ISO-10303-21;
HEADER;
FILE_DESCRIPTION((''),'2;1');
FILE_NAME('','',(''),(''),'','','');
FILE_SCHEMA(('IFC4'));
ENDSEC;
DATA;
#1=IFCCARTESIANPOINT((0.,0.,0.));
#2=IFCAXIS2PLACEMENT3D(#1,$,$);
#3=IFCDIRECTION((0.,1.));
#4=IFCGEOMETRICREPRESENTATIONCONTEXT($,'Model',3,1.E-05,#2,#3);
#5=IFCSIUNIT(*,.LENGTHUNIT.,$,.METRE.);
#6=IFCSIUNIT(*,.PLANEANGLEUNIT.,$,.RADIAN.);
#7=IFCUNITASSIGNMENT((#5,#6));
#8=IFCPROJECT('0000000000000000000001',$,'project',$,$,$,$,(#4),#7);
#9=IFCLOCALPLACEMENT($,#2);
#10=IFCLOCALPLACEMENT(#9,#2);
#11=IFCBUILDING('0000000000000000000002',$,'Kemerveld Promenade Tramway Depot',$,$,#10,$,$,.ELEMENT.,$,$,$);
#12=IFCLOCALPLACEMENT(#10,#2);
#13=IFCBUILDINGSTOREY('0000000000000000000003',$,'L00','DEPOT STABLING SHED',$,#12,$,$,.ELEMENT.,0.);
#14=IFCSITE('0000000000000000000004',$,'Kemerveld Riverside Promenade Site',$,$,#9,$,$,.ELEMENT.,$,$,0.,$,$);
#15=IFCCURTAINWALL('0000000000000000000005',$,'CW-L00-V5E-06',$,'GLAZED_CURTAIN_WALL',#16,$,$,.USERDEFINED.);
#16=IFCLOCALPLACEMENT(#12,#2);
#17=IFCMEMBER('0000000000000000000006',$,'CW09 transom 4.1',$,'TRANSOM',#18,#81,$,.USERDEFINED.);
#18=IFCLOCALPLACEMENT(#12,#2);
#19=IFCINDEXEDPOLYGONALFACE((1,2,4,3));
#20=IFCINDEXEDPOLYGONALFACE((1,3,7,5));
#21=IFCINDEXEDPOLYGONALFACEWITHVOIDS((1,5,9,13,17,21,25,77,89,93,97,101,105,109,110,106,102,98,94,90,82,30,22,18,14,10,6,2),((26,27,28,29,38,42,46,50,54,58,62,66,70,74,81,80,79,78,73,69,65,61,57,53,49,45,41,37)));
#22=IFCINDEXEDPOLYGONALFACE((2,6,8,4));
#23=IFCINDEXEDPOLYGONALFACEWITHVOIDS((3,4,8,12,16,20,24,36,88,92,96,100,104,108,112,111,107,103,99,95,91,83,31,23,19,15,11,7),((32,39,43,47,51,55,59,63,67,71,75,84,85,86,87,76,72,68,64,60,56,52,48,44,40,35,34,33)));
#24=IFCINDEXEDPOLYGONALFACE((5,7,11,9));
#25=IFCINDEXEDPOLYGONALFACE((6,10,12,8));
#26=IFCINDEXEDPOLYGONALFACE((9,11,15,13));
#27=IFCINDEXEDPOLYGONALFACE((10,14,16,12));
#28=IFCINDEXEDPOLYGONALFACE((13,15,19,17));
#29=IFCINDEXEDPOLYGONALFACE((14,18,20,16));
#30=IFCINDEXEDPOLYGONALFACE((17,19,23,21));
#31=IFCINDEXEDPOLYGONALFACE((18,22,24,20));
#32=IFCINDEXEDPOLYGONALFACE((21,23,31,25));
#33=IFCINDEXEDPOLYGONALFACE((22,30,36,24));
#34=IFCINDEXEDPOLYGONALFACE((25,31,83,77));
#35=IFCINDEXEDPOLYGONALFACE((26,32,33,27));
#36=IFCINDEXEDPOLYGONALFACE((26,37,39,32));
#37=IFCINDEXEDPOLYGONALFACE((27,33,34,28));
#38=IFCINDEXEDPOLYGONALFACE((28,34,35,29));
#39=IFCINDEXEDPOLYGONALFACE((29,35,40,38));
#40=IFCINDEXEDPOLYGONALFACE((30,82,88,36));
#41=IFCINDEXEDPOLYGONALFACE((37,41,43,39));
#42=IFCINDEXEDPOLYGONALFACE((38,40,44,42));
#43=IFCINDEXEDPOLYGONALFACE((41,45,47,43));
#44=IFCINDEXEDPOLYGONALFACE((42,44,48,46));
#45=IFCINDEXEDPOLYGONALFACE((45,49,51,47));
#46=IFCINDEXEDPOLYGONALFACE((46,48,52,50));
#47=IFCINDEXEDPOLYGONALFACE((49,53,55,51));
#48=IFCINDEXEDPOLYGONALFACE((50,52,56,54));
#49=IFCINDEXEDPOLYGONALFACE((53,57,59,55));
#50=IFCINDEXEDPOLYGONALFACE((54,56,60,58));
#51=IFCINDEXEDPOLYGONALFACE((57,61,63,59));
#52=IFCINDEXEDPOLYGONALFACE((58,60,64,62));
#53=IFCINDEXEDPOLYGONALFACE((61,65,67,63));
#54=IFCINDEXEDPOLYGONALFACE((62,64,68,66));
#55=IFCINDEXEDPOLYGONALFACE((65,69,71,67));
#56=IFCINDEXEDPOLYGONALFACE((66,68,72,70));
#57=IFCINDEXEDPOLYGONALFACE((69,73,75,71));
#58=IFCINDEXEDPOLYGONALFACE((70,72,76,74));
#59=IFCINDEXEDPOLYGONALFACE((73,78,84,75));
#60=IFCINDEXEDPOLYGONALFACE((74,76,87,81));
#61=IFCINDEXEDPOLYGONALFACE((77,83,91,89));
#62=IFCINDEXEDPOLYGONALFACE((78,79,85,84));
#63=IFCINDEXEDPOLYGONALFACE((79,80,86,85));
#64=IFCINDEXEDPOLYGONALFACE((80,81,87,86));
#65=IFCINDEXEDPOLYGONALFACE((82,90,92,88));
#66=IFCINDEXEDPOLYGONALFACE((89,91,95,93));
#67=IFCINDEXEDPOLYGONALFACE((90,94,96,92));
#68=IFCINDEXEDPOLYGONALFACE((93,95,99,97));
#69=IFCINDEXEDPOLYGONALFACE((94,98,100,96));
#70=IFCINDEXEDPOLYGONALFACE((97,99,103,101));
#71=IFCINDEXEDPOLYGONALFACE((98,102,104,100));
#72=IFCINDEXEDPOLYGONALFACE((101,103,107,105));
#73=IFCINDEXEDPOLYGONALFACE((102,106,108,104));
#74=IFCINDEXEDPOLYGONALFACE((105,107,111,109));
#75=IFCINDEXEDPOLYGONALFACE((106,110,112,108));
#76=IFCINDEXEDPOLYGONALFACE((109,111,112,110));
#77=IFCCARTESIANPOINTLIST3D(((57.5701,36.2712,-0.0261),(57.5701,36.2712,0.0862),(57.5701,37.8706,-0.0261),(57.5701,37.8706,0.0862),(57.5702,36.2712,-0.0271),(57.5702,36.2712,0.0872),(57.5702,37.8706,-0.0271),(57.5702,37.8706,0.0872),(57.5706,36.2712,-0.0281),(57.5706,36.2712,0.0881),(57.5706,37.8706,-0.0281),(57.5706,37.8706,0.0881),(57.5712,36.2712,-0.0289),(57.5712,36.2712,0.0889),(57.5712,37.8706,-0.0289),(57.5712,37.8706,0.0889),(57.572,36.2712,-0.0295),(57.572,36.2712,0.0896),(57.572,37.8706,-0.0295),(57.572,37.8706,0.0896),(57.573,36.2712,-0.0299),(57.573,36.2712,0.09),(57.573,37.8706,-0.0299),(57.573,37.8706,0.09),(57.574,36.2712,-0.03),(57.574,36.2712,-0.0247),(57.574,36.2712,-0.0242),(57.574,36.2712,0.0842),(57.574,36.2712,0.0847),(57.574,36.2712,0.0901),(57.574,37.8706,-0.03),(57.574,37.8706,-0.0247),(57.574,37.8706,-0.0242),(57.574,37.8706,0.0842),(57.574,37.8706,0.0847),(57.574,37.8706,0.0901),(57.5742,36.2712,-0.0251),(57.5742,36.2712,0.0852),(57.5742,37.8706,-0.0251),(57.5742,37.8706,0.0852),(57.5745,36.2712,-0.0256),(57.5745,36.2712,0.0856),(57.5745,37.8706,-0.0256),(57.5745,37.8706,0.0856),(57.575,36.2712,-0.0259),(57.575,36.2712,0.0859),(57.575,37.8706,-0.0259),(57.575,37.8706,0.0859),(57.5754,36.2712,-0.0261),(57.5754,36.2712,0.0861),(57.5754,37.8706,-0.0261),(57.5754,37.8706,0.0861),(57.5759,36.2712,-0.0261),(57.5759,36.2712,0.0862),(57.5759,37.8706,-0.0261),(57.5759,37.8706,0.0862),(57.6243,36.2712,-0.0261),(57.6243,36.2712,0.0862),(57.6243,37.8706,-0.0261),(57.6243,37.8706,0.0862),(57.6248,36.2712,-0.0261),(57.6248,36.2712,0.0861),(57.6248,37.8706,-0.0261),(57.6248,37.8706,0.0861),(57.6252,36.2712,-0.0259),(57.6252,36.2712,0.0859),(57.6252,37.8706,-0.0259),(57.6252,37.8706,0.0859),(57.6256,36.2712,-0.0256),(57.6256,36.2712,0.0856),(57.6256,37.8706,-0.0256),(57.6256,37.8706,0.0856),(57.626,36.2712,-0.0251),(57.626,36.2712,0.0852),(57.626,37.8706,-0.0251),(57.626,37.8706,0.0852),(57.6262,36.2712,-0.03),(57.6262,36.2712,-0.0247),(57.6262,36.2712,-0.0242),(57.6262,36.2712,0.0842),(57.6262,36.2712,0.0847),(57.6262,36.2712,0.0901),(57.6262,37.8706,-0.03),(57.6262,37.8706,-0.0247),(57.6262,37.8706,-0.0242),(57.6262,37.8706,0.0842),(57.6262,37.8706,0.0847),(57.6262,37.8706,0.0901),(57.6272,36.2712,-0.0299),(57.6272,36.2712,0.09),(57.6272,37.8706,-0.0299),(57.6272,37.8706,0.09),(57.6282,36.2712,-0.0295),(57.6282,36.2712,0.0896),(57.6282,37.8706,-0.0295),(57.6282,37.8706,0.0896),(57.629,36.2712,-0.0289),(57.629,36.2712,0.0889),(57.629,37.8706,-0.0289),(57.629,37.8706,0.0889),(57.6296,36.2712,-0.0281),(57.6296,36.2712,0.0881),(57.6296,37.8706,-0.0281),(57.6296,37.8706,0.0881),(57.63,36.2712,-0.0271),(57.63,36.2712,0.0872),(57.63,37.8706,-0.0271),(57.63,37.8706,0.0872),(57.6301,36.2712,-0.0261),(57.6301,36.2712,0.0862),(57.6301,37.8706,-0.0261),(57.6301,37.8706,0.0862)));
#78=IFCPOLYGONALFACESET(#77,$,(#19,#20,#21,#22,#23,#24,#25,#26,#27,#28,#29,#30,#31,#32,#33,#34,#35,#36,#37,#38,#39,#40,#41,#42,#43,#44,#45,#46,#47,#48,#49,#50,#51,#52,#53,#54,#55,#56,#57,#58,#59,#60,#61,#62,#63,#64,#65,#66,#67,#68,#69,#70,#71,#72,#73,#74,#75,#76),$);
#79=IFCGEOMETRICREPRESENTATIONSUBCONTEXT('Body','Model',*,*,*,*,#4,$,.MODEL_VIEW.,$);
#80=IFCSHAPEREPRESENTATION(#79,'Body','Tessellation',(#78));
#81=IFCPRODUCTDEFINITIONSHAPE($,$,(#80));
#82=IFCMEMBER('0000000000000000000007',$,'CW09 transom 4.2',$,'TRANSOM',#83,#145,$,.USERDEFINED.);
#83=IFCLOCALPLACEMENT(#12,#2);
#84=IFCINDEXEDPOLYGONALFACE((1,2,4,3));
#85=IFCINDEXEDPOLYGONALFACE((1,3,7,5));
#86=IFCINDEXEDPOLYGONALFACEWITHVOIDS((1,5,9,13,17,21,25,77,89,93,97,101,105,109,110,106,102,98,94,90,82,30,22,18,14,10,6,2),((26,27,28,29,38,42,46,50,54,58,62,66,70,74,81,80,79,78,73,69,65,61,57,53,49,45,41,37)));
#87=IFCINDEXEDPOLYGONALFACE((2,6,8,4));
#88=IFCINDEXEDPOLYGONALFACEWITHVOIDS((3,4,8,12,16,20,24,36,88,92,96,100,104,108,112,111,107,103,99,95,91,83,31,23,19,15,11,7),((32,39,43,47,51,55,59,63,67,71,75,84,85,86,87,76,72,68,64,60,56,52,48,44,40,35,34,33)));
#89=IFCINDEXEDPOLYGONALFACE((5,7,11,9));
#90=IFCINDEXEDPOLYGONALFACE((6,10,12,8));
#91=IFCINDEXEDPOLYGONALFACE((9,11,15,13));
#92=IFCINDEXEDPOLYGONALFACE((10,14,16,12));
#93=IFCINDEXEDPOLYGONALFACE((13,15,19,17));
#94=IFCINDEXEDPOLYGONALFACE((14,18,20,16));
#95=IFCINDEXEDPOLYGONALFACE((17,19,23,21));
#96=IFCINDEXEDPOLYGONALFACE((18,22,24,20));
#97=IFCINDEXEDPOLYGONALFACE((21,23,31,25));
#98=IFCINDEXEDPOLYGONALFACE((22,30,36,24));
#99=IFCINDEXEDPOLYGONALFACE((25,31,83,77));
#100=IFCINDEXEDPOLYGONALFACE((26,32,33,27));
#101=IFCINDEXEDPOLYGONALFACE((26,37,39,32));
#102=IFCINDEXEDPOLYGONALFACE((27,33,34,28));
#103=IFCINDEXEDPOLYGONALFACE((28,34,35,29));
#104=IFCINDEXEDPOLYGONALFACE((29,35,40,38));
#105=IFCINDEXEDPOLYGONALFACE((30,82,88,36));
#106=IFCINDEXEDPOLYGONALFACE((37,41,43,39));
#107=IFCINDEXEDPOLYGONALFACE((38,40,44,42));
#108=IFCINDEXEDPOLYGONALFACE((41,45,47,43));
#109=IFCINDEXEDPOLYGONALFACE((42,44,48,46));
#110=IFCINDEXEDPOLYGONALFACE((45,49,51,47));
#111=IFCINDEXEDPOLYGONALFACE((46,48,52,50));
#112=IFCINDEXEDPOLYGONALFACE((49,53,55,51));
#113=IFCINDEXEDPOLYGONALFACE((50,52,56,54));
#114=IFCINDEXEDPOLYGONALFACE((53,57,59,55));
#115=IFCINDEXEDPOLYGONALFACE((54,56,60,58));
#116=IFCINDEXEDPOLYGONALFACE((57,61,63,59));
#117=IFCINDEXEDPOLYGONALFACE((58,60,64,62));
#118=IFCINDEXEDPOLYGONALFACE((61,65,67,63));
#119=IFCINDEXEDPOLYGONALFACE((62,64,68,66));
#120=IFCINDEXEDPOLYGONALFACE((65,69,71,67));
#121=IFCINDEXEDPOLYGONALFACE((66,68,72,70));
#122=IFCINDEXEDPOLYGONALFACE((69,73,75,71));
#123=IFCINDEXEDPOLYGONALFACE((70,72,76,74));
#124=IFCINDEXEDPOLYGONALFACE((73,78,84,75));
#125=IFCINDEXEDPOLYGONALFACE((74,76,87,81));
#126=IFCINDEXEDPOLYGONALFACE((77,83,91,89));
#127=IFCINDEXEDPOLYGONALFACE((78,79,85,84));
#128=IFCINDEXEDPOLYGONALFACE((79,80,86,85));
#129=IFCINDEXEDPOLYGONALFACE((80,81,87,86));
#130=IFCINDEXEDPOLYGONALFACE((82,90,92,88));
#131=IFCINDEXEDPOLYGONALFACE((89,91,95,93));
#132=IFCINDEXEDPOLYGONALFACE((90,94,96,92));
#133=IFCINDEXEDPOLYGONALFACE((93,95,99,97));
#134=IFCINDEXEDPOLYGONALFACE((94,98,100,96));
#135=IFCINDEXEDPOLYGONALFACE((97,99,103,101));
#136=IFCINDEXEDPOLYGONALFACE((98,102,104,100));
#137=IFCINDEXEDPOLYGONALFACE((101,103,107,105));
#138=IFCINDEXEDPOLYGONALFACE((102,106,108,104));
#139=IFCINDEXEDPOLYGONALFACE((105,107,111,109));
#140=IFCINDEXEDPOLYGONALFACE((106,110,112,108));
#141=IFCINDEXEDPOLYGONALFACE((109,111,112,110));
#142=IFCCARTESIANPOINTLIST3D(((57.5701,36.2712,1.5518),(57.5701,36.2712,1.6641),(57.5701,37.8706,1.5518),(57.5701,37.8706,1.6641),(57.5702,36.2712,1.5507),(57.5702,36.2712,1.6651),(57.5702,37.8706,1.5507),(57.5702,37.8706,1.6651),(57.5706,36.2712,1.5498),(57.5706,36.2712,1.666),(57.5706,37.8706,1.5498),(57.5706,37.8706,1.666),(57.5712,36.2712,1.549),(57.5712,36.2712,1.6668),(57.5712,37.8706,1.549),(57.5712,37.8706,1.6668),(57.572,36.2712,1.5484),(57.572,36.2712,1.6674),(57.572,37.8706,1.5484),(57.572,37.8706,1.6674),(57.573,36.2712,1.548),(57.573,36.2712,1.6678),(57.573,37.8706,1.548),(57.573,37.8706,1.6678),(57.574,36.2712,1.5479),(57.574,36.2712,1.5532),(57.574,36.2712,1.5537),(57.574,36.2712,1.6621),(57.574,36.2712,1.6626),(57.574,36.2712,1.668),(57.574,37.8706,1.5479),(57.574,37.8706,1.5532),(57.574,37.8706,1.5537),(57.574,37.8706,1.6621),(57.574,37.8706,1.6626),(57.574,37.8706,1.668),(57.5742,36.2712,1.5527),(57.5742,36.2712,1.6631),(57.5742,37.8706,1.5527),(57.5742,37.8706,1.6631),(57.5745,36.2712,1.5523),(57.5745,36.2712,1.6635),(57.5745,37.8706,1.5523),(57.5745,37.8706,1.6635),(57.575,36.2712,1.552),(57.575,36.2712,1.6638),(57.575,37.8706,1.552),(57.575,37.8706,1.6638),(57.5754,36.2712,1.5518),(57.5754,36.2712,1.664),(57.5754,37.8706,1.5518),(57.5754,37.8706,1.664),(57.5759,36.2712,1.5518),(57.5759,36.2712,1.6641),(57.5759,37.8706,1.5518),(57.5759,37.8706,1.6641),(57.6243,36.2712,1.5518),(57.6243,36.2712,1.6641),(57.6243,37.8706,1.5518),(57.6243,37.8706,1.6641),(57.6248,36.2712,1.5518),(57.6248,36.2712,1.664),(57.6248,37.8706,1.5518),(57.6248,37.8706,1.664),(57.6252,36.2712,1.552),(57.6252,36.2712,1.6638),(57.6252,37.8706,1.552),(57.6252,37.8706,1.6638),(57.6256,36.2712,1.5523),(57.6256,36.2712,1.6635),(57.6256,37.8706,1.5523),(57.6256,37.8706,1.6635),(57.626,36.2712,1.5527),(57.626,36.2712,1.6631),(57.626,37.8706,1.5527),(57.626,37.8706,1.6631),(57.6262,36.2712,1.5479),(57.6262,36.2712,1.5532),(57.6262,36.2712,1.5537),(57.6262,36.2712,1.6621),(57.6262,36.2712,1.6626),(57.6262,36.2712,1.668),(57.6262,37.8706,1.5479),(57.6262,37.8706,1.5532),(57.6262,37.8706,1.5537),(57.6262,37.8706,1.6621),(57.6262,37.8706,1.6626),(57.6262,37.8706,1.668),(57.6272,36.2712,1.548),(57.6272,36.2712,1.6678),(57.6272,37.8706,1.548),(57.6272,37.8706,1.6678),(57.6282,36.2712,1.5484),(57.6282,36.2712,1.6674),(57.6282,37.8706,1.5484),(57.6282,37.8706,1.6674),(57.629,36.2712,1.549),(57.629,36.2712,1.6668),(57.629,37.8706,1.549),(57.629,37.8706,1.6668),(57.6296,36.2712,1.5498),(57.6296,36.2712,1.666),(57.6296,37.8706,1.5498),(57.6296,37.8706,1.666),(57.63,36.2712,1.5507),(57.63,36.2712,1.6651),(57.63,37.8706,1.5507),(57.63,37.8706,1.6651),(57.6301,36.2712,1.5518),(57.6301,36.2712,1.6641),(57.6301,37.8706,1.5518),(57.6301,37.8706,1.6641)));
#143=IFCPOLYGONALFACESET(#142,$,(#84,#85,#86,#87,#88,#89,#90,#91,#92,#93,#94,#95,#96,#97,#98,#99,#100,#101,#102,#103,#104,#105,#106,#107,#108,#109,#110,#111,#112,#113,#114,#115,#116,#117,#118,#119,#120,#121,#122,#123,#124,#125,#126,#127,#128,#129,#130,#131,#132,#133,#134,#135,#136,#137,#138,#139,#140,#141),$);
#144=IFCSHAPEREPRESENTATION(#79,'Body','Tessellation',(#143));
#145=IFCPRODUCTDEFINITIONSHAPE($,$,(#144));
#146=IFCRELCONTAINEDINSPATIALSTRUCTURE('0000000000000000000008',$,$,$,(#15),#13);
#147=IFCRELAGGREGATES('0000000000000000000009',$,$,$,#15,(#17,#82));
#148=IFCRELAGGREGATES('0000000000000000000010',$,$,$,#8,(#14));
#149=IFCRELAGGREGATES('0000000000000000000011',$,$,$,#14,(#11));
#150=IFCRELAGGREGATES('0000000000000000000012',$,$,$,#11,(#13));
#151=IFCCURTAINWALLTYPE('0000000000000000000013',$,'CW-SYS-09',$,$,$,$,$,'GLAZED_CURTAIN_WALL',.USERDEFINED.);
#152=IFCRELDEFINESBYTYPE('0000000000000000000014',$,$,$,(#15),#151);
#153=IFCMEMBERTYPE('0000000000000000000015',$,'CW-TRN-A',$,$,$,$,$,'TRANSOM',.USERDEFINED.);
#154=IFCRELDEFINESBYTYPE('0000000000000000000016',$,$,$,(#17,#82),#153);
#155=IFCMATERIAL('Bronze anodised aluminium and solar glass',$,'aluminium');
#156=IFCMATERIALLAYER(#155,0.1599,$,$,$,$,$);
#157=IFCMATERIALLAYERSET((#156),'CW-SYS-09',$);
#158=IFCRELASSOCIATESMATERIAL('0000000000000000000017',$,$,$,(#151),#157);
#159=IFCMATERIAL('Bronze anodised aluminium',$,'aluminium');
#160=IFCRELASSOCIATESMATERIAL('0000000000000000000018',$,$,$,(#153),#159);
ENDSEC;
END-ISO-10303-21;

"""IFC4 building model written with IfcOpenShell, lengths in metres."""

from ifc_helpers import new_model, si_unit, direction, frame, origin, origin_2d, place, context, subcontext, project, spatial, hollow_rectangle, extrude, material, layer, layer_set, material_profile, profile_set, type_object, element, aggregate, save


model = new_model("IFC4")

# Units and contexts
model_context = context("Model", 3, precision=1e-05, world=origin(), true_north=direction((0.0, 1.0)))
body_context = subcontext(model_context, "Body", "Model", "MODEL_VIEW")
ifc_project = project(units=[si_unit("LENGTHUNIT", "METRE"), si_unit("PLANEANGLEUNIT", "RADIAN")], contexts=[model_context])

# Site, building, storey
site_placement = place(None, origin())
site = spatial("IfcSite", under=ifc_project, at=site_placement, Name="Kemerveld Riverside Promenade Site", CompositionType="ELEMENT", RefElevation=0.0)
building_placement = place(site_placement, origin())
building = spatial("IfcBuilding", under=site, at=building_placement, Name="Kemerveld Promenade Tramway Depot", CompositionType="ELEMENT")
storey_placement = place(building_placement, origin())
storey = spatial("IfcBuildingStorey", under=building, at=storey_placement, Name="L00", Description="DEPOT STABLING SHED", CompositionType="ELEMENT", Elevation=0.0)

# Curtain wall, members
ifc_material_1 = material(Name="Bronze anodised aluminium and solar glass", Category="aluminium")
ifc_layer_1 = layer(ifc_material_1, 0.1599)
ifc_layer_set_1 = layer_set([ifc_layer_1], Name="CW-SYS-09")
curtain_wall_type = type_object("IfcCurtainWallType", Name="CW-SYS-09", ElementType="GLAZED_CURTAIN_WALL", PredefinedType="USERDEFINED", material=ifc_layer_set_1)
curtain_wall_placement = place(storey_placement, origin())
curtain_wall = element("IfcCurtainWall", 1, at=curtain_wall_placement, inside=storey, type_object=curtain_wall_type, Name="CW-L00-V5E-06", ObjectType="GLAZED_CURTAIN_WALL", PredefinedType="USERDEFINED")
ifc_material_2 = material(Name="Bronze anodised aluminium", Category="aluminium")
ifc_material_profile_1 = material_profile(ifc_material_2, hollow_rectangle(XDim=0.0601, YDim=0.1201, WallThickness=0.0039, InnerFilletRadius=0.002, OuterFilletRadius=0.0039, at=origin_2d()), Name="CW-TRN-120x60")
ifc_profile_set_1 = profile_set([ifc_material_profile_1], Name="Bronze anodised aluminium")
member_type_1 = type_object("IfcMemberType", Name="CW-TRN-A", ElementType="TRANSOM", PredefinedType="USERDEFINED", material=ifc_profile_set_1)
member_1_placement = place(storey_placement, frame((57.6001, 37.8706, 0.03), z_axis=(0.0, -1.0, 0.0), x_axis=(1.0, 0.0, 0.0)))
member_1 = element("IfcMember", 2, at=member_1_placement, type_object=member_type_1, Name="CW09 transom 4.1", ObjectType="TRANSOM", PredefinedType="USERDEFINED", context=body_context, shape_type="SweptSolid", body=[
    extrude(hollow_rectangle(XDim=0.0601, YDim=0.1201, WallThickness=0.0039, InnerFilletRadius=0.002, OuterFilletRadius=0.0039, at=origin_2d()), origin(), (0.0, 0.0, 1.0), 1.5994),
])
member_2_placement = place(storey_placement, frame((57.6001, 37.8706, 1.6079), z_axis=(0.0, -1.0, 0.0), x_axis=(1.0, 0.0, 0.0)))
member_2 = element("IfcMember", 3, at=member_2_placement, type_object=member_type_1, Name="CW09 transom 4.2", ObjectType="TRANSOM", PredefinedType="USERDEFINED", context=body_context, shape_type="SweptSolid", body=[
    extrude(hollow_rectangle(XDim=0.0601, YDim=0.1201, WallThickness=0.0039, InnerFilletRadius=0.002, OuterFilletRadius=0.0039, at=origin_2d()), origin(), (0.0, 0.0, 1.0), 1.5994),
])
aggregate(curtain_wall, [member_1, member_2])

save(model, "model.ifc")
